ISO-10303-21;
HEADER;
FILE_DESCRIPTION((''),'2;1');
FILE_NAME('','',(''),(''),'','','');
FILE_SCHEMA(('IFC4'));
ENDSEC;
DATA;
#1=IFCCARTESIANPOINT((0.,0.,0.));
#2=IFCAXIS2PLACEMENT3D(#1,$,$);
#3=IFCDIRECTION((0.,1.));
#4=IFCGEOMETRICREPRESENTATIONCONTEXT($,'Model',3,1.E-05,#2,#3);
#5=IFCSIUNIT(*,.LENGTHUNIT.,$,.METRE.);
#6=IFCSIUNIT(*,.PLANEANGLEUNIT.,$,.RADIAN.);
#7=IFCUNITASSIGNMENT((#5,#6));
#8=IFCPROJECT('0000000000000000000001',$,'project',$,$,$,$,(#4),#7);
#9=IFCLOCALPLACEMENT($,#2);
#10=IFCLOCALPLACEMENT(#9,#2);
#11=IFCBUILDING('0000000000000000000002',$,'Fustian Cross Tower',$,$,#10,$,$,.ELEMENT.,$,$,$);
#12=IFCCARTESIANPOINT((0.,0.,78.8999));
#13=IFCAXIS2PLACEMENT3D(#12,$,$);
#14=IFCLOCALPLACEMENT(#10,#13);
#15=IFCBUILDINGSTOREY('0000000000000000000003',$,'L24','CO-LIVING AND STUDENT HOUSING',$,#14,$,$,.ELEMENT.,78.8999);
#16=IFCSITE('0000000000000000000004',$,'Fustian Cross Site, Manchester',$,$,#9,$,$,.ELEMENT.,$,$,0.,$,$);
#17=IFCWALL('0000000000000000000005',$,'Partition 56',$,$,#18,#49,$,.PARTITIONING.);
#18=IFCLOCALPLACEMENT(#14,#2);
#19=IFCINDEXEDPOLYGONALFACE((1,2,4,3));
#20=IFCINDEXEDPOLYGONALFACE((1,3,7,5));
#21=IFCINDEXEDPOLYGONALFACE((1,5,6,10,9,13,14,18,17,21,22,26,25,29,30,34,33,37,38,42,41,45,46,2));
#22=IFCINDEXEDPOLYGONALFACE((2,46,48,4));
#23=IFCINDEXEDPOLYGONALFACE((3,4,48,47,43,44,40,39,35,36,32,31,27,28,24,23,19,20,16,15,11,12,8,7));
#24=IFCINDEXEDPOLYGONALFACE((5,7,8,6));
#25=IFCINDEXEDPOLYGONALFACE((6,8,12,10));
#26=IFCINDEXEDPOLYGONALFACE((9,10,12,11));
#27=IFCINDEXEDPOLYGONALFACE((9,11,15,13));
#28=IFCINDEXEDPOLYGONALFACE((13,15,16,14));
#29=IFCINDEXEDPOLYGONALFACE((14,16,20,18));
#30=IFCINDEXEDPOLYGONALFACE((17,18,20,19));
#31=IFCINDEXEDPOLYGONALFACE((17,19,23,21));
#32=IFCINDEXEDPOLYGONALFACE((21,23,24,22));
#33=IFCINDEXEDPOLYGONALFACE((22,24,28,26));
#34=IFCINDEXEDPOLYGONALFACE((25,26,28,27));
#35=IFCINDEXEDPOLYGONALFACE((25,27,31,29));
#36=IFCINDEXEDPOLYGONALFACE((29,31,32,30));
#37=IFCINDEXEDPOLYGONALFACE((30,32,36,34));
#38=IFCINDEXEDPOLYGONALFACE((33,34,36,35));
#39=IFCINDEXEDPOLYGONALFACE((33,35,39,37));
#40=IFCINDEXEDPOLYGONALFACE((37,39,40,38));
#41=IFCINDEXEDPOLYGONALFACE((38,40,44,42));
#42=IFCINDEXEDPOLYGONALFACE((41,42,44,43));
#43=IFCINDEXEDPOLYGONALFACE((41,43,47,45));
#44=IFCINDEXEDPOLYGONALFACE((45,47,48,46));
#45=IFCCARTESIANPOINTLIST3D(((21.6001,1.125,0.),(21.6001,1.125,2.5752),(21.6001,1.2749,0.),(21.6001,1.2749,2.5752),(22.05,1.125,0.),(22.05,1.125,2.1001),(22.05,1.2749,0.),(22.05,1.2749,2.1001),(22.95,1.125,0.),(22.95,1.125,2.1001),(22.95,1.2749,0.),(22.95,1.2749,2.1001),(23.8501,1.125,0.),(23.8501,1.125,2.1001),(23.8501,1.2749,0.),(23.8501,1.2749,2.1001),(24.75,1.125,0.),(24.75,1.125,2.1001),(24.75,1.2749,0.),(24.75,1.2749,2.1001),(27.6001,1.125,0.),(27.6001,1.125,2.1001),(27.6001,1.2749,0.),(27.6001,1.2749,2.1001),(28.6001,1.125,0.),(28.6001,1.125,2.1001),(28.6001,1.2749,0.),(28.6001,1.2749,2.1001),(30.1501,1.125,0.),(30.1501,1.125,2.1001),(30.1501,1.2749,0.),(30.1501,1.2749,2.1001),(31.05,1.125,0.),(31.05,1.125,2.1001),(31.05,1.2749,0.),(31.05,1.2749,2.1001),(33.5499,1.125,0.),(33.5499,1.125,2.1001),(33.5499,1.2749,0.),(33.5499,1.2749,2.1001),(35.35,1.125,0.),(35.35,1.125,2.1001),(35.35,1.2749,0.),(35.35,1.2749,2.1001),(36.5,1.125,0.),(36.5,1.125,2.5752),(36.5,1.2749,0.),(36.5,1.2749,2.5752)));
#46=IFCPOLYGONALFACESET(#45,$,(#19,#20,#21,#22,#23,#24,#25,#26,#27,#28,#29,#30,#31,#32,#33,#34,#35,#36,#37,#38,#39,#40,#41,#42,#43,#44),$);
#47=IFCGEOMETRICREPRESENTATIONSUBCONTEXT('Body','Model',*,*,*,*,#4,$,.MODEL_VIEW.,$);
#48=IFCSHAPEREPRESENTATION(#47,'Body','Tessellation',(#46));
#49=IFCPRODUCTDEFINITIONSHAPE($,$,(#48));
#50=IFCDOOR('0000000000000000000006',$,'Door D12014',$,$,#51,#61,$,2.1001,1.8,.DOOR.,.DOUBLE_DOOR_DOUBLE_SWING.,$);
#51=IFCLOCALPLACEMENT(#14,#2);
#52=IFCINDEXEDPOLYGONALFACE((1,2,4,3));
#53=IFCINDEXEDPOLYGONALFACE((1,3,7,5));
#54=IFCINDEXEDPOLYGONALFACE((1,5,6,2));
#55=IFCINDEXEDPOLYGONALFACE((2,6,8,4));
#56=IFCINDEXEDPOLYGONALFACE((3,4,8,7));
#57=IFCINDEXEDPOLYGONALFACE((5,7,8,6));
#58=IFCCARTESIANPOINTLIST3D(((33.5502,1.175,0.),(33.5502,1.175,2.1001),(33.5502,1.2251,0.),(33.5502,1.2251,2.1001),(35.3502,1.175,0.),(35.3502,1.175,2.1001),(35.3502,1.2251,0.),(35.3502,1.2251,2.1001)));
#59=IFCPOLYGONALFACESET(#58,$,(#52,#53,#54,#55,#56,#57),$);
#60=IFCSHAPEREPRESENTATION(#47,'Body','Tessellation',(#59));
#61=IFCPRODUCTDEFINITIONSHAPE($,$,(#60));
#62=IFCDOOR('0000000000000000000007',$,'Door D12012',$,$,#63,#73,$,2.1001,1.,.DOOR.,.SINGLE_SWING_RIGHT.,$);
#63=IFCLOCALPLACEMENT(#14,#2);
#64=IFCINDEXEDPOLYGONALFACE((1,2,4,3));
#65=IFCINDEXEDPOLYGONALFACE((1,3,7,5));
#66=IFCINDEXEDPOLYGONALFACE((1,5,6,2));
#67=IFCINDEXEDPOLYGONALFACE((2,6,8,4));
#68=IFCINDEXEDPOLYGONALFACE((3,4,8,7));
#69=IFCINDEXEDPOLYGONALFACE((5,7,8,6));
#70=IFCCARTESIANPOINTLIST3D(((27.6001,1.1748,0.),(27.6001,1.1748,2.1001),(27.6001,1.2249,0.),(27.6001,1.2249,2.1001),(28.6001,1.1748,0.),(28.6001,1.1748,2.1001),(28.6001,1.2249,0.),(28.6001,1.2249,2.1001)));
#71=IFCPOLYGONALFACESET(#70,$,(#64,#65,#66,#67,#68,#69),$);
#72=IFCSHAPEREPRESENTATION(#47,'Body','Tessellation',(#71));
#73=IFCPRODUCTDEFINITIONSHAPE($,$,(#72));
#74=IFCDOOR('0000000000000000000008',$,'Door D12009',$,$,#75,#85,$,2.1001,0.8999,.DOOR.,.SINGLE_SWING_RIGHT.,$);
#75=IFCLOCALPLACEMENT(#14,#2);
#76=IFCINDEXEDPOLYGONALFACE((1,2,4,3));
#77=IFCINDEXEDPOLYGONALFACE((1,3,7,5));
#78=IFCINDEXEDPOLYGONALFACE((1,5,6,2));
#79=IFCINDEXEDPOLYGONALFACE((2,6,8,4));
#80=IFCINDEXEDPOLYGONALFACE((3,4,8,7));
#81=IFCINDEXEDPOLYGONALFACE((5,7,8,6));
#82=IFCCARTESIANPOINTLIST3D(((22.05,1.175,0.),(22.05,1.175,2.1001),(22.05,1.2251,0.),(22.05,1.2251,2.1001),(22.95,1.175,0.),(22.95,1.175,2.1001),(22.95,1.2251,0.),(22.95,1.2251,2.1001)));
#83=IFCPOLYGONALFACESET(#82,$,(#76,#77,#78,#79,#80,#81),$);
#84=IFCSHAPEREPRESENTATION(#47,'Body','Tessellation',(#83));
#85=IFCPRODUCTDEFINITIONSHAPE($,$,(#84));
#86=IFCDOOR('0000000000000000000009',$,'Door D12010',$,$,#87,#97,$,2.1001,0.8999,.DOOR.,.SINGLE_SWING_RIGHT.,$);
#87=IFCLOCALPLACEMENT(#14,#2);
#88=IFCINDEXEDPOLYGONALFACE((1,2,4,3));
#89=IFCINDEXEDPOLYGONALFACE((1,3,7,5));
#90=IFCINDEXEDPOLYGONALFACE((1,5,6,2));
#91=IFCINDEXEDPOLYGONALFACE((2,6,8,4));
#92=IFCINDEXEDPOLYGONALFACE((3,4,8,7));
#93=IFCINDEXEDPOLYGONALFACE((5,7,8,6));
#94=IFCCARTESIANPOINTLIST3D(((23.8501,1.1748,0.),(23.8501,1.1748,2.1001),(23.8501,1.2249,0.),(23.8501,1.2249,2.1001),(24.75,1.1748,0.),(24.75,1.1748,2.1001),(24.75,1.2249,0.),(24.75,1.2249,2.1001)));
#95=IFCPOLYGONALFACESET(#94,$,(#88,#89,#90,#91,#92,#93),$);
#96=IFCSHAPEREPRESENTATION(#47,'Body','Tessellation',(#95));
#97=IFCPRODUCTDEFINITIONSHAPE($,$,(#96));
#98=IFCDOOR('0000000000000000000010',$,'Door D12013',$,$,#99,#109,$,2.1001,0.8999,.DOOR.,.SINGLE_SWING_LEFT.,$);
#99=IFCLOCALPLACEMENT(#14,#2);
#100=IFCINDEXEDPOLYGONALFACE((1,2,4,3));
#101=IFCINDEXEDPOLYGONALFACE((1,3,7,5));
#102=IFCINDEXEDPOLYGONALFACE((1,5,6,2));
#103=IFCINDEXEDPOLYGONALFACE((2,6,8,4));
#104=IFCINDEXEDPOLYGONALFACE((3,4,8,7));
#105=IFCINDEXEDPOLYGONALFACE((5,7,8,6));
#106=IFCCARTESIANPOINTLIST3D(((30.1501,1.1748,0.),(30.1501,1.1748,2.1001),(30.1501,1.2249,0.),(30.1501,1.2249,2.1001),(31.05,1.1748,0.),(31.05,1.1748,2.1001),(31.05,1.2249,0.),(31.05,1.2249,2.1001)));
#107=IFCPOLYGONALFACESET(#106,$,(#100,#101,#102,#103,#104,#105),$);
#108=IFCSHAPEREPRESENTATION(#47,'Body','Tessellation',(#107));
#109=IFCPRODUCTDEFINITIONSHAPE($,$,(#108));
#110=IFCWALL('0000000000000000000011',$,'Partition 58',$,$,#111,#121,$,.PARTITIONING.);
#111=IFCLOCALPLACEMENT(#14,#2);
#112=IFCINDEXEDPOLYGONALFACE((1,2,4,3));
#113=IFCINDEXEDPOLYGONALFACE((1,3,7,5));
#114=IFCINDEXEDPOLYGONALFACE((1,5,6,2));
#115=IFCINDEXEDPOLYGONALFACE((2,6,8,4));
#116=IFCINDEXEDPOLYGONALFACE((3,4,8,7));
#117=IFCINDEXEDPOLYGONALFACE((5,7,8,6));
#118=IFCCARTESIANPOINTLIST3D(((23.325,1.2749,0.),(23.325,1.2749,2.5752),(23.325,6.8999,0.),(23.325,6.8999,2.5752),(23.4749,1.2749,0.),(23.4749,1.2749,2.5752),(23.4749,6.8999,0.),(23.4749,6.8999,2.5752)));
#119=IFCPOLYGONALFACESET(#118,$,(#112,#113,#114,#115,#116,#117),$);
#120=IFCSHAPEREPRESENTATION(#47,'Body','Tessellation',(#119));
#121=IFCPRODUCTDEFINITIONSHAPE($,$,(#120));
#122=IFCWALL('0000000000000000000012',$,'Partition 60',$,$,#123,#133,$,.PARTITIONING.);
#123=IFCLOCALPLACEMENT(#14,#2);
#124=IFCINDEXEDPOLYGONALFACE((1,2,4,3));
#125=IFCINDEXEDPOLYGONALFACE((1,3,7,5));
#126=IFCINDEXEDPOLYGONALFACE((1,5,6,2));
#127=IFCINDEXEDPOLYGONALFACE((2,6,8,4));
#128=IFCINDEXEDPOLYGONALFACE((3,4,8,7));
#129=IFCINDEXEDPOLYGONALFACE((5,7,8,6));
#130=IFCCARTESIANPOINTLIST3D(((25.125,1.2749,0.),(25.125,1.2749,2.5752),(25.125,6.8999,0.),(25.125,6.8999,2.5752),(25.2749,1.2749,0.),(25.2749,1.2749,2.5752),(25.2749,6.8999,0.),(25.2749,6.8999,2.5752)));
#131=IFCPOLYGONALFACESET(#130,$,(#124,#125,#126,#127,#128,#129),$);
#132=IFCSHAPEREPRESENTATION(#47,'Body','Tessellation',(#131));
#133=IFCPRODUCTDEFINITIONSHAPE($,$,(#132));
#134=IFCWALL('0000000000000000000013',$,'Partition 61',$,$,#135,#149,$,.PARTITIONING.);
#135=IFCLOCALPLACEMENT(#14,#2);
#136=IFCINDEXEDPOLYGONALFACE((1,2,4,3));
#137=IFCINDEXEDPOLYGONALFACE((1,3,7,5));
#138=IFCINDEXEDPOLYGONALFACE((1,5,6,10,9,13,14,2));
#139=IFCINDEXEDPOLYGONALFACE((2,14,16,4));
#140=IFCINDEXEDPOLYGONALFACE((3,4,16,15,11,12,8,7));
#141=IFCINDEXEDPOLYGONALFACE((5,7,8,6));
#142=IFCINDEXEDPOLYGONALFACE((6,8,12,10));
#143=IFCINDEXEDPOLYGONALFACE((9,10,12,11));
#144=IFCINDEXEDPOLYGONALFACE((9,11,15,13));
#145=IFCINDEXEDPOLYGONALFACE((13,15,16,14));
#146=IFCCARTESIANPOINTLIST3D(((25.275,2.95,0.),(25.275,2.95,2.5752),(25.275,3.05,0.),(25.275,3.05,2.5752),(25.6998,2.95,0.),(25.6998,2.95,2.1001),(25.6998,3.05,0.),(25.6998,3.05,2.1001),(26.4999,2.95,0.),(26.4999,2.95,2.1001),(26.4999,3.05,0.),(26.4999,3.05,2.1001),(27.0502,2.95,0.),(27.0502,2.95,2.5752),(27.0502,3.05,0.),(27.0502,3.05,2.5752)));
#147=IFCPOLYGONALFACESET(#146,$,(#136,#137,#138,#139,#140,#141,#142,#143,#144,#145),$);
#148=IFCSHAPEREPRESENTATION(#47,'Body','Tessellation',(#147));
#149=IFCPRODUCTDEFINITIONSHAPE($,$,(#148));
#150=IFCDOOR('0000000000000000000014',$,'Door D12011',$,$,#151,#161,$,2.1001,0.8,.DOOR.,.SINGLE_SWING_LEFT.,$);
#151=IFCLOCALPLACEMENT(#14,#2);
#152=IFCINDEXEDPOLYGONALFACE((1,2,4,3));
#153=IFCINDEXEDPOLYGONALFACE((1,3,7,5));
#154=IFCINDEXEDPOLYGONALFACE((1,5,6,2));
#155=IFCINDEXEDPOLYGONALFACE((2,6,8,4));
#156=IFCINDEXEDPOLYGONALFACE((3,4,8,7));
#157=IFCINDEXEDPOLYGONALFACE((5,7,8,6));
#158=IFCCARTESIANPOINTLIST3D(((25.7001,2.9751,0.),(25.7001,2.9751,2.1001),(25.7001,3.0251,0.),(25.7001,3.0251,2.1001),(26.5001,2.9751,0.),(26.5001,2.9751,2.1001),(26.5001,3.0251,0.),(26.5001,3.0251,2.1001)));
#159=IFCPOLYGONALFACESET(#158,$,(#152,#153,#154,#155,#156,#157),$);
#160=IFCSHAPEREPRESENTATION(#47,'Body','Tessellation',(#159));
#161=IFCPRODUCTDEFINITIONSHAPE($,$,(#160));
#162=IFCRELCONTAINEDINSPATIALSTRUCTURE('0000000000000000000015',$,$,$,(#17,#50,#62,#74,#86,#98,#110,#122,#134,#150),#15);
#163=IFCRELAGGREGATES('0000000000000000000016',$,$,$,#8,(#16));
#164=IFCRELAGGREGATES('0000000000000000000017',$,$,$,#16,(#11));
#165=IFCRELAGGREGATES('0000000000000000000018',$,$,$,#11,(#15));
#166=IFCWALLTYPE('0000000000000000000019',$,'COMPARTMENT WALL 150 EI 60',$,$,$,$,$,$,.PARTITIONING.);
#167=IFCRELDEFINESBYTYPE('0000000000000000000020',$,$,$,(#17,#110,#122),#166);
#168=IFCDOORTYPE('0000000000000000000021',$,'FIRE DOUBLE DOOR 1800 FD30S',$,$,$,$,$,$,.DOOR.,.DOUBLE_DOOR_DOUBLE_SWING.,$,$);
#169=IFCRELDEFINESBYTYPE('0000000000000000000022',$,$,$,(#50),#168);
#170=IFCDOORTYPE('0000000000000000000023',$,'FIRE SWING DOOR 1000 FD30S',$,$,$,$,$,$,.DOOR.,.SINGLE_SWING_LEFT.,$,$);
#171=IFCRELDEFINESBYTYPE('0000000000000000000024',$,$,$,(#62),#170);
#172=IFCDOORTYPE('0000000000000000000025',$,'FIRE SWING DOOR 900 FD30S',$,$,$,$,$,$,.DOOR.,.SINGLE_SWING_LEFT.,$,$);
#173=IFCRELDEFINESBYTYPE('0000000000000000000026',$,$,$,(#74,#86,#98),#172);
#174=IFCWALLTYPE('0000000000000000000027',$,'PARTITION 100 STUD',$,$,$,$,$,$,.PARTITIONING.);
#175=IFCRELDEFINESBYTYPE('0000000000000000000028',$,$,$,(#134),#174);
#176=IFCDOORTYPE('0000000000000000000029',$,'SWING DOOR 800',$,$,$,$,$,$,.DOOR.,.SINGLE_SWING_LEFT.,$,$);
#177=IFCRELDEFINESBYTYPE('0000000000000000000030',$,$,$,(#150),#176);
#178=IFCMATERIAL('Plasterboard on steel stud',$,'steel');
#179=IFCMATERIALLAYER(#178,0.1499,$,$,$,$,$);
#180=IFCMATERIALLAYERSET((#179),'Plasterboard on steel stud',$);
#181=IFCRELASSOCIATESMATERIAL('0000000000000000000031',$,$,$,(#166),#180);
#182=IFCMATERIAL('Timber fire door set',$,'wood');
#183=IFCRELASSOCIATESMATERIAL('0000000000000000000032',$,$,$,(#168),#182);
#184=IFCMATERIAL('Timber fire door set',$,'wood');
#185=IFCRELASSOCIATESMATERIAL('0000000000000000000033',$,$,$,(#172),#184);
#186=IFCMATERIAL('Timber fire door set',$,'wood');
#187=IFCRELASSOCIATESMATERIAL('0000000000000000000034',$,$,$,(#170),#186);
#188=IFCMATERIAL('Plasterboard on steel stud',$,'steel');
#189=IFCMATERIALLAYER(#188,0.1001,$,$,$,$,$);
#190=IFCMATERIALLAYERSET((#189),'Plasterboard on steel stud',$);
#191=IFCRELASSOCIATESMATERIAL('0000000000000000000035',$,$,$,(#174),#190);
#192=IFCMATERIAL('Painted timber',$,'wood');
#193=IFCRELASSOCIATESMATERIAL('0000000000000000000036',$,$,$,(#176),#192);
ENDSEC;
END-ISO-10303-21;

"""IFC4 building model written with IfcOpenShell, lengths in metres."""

from ifc_helpers import new_model, si_unit, direction, frame, frame_2d, origin, place, context, subcontext, project, spatial, rectangle, extrude, material, layer, layer_set, type_object, element, fill, save


model = new_model("IFC4")

# Units and contexts
model_context = context("Model", 3, precision=1e-05, world=origin(), true_north=direction((0.0, 1.0)))
body_context = subcontext(model_context, "Body", "Model", "MODEL_VIEW")
ifc_project = project(units=[si_unit("LENGTHUNIT", "METRE"), si_unit("PLANEANGLEUNIT", "RADIAN")], contexts=[model_context])

# Site, building, storey
site_placement = place(None, origin())
site = spatial("IfcSite", under=ifc_project, at=site_placement, Name="Fustian Cross Site, Manchester", CompositionType="ELEMENT", RefElevation=0.0)
building_placement = place(site_placement, origin())
building = spatial("IfcBuilding", under=site, at=building_placement, Name="Fustian Cross Tower", CompositionType="ELEMENT")
storey_placement = place(building_placement, frame((0.0, 0.0, 78.8999)))
storey = spatial("IfcBuildingStorey", under=building, at=storey_placement, Name="L24", Description="CO-LIVING AND STUDENT HOUSING", CompositionType="ELEMENT", Elevation=78.8999)

# Wall, openings, doors
ifc_material_1 = material(Name="Plasterboard on steel stud", Category="steel")
ifc_layer_1 = layer(ifc_material_1, 0.1499)
ifc_layer_set_1 = layer_set([ifc_layer_1], Name="Plasterboard on steel stud")
wall_type_1 = type_object("IfcWallType", Name="COMPARTMENT WALL 150 EI 60", PredefinedType="PARTITIONING", material=ifc_layer_set_1)
ifc_material_2 = material(Name="Timber fire door set", Category="wood")
door_type_1 = type_object("IfcDoorType", Name="FIRE DOUBLE DOOR 1800 FD30S", OperationType="DOUBLE_DOOR_DOUBLE_SWING", PredefinedType="DOOR", material=ifc_material_2)
ifc_material_3 = material(Name="Timber fire door set", Category="wood")
door_type_2 = type_object("IfcDoorType", Name="FIRE SWING DOOR 900 FD30S", OperationType="SINGLE_SWING_LEFT", PredefinedType="DOOR", material=ifc_material_3)
wall_1_placement = place(storey_placement, frame((21.6001, 1.2, 0.0), z_axis=(0.0, 0.0, 1.0), x_axis=(1.0, 0.0, 0.0)))
wall_1 = element("IfcWall", 1, at=wall_1_placement, inside=storey, type_object=wall_type_1, Name="Partition 56", PredefinedType="PARTITIONING", context=body_context, shape_type="SweptSolid", body=[
    extrude(rectangle(XDim=14.8999, YDim=0.1499, at=frame_2d((7.45, 0.0))), origin(), (0.0, 0.0, 1.0), 2.5752),
])
opening_1_placement = place(wall_1_placement, frame((0.45, 0.0, 0.0)))
opening_1 = element("IfcOpeningElement", 2, at=opening_1_placement, cuts=wall_1, PredefinedType="OPENING", context=body_context, shape_type="SweptSolid", body=[
    extrude(rectangle(XDim=0.8999, YDim=2.1001, at=frame_2d((0.45, 1.05))), frame((0.0, 0.085, 0.0), z_axis=(0.0, -1.0, 0.0), x_axis=(1.0, 0.0, 0.0)), (0.0, 0.0, 1.0), 0.1699),
])
opening_2_placement = place(wall_1_placement, frame((2.25, 0.0, 0.0)))
opening_2 = element("IfcOpeningElement", 3, at=opening_2_placement, cuts=wall_1, PredefinedType="OPENING", context=body_context, shape_type="SweptSolid", body=[
    extrude(rectangle(XDim=0.8999, YDim=2.1001, at=frame_2d((0.45, 1.05))), frame((0.0, 0.085, 0.0), z_axis=(0.0, -1.0, 0.0), x_axis=(1.0, 0.0, 0.0)), (0.0, 0.0, 1.0), 0.1699),
])
opening_3_placement = place(wall_1_placement, frame((6.0, 0.0, 0.0)))
opening_3 = element("IfcOpeningElement", 4, at=opening_3_placement, cuts=wall_1, PredefinedType="OPENING", context=body_context, shape_type="SweptSolid", body=[
    extrude(rectangle(XDim=1.0, YDim=2.1001, at=frame_2d((0.5, 1.05))), frame((0.0, 0.085, 0.0), z_axis=(0.0, -1.0, 0.0), x_axis=(1.0, 0.0, 0.0)), (0.0, 0.0, 1.0), 0.1699),
])
opening_4_placement = place(wall_1_placement, frame((8.55, 0.0, 0.0)))
opening_4 = element("IfcOpeningElement", 5, at=opening_4_placement, cuts=wall_1, PredefinedType="OPENING", context=body_context, shape_type="SweptSolid", body=[
    extrude(rectangle(XDim=0.8999, YDim=2.1001, at=frame_2d((0.45, 1.05))), frame((0.0, 0.085, 0.0), z_axis=(0.0, -1.0, 0.0), x_axis=(1.0, 0.0, 0.0)), (0.0, 0.0, 1.0), 0.1699),
])
opening_5_placement = place(wall_1_placement, frame((11.95, 0.0, 0.0)))
opening_5 = element("IfcOpeningElement", 6, at=opening_5_placement, cuts=wall_1, PredefinedType="OPENING", context=body_context, shape_type="SweptSolid", body=[
    extrude(rectangle(XDim=1.8, YDim=2.1001, at=frame_2d((0.8999, 1.05))), frame((0.0, 0.085, 0.0), z_axis=(0.0, -1.0, 0.0), x_axis=(1.0, 0.0, 0.0)), (0.0, 0.0, 1.0), 0.1699),
])
door_1_placement = place(opening_5_placement, frame((1.8, 0.0, 0.0), z_axis=(0.0, 0.0, 1.0), x_axis=(-1.0, 0.0, 0.0)))
door_1 = element("IfcDoor", 7, at=door_1_placement, inside=storey, type_object=door_type_1, Name="Door D12014", OperationType="DOUBLE_DOOR_DOUBLE_SWING", OverallHeight=2.1001, OverallWidth=1.8, PredefinedType="DOOR", context=body_context, shape_type="SweptSolid", body=[
    extrude(rectangle(XDim=1.8, YDim=2.1001, at=frame_2d((0.8999, 1.05))), frame((0.0, 0.0249, 0.0), z_axis=(0.0, -1.0, 0.0), x_axis=(1.0, 0.0, 0.0)), (0.0, 0.0, 1.0), 0.05),
])
fill(opening_5, door_1)
ifc_material_4 = material(Name="Timber fire door set", Category="wood")
door_type_3 = type_object("IfcDoorType", Name="FIRE SWING DOOR 1000 FD30S", OperationType="SINGLE_SWING_LEFT", PredefinedType="DOOR", material=ifc_material_4)
door_2_placement = place(opening_3_placement, origin())
door_2 = element("IfcDoor", 8, at=door_2_placement, inside=storey, type_object=door_type_3, Name="Door D12012", OperationType="SINGLE_SWING_RIGHT", OverallHeight=2.1001, OverallWidth=1.0, PredefinedType="DOOR", context=body_context, shape_type="SweptSolid", body=[
    extrude(rectangle(XDim=1.0, YDim=2.1001, at=frame_2d((0.5, 1.05))), frame((0.0, 0.0249, 0.0), z_axis=(0.0, -1.0, 0.0), x_axis=(1.0, 0.0, 0.0)), (0.0, 0.0, 1.0), 0.05),
])
fill(opening_3, door_2)
door_3_placement = place(opening_1_placement, frame((0.8999, 0.0, 0.0), z_axis=(0.0, 0.0, 1.0), x_axis=(-1.0, 0.0, 0.0)))
door_3 = element("IfcDoor", 9, at=door_3_placement, inside=storey, type_object=door_type_2, Name="Door D12009", OperationType="SINGLE_SWING_RIGHT", OverallHeight=2.1001, OverallWidth=0.8999, PredefinedType="DOOR", context=body_context, shape_type="SweptSolid", body=[
    extrude(rectangle(XDim=0.8999, YDim=2.1001, at=frame_2d((0.45, 1.05))), frame((0.0, 0.0249, 0.0), z_axis=(0.0, -1.0, 0.0), x_axis=(1.0, 0.0, 0.0)), (0.0, 0.0, 1.0), 0.05),
])
fill(opening_1, door_3)
door_4_placement = place(opening_2_placement, origin())
door_4 = element("IfcDoor", 10, at=door_4_placement, inside=storey, type_object=door_type_2, Name="Door D12010", OperationType="SINGLE_SWING_RIGHT", OverallHeight=2.1001, OverallWidth=0.8999, PredefinedType="DOOR", context=body_context, shape_type="SweptSolid", body=[
    extrude(rectangle(XDim=0.8999, YDim=2.1001, at=frame_2d((0.45, 1.05))), frame((0.0, 0.0249, 0.0), z_axis=(0.0, -1.0, 0.0), x_axis=(1.0, 0.0, 0.0)), (0.0, 0.0, 1.0), 0.05),
])
fill(opening_2, door_4)
door_5_placement = place(opening_4_placement, origin())
door_5 = element("IfcDoor", 11, at=door_5_placement, inside=storey, type_object=door_type_2, Name="Door D12013", OperationType="SINGLE_SWING_LEFT", OverallHeight=2.1001, OverallWidth=0.8999, PredefinedType="DOOR", context=body_context, shape_type="SweptSolid", body=[
    extrude(rectangle(XDim=0.8999, YDim=2.1001, at=frame_2d((0.45, 1.05))), frame((0.0, 0.0249, 0.0), z_axis=(0.0, -1.0, 0.0), x_axis=(1.0, 0.0, 0.0)), (0.0, 0.0, 1.0), 0.05),
])
fill(opening_4, door_5)

# Walls
for number, where, z_axis, x_axis, name in (
    (12, (23.3999, 1.2749, 0.0), (0.0, 0.0, 1.0), (0.0, 1.0, 0.0), "Partition 58"),
    (13, (25.2, 1.2749, 0.0), (0.0, 0.0, 1.0), (0.0, 1.0, 0.0), "Partition 60"),
):
    element("IfcWall", number, at=place(storey_placement, frame(where, z_axis=z_axis, x_axis=x_axis)), inside=storey, type_object=wall_type_1, Name=name, PredefinedType="PARTITIONING", context=body_context, shape_type="SweptSolid", body=[
        extrude(rectangle(XDim=5.625, YDim=0.1499, at=frame_2d((2.8125, 0.0))), origin(), (0.0, 0.0, 1.0), 2.5752),
    ])

# Wall, opening, door
ifc_material_5 = material(Name="Plasterboard on steel stud", Category="steel")
ifc_layer_2 = layer(ifc_material_5, 0.1001)
ifc_layer_set_2 = layer_set([ifc_layer_2], Name="Plasterboard on steel stud")
wall_type_2 = type_object("IfcWallType", Name="PARTITION 100 STUD", PredefinedType="PARTITIONING", material=ifc_layer_set_2)
wall_2_placement = place(storey_placement, frame((25.2749, 3.0, 0.0), z_axis=(0.0, 0.0, 1.0), x_axis=(1.0, 0.0, 0.0)))
wall_2 = element("IfcWall", 14, at=wall_2_placement, inside=storey, type_object=wall_type_2, Name="Partition 61", PredefinedType="PARTITIONING", context=body_context, shape_type="SweptSolid", body=[
    extrude(rectangle(XDim=1.7751, YDim=0.1001, at=frame_2d((0.8877, 0.0))), origin(), (0.0, 0.0, 1.0), 2.5752),
])
opening_6_placement = place(wall_2_placement, frame((0.425, 0.0, 0.0)))
opening_6 = element("IfcOpeningElement", 15, at=opening_6_placement, cuts=wall_2, PredefinedType="OPENING", context=body_context, shape_type="SweptSolid", body=[
    extrude(rectangle(XDim=0.8, YDim=2.1001, at=frame_2d((0.3999, 1.05))), frame((0.0, 0.0601, 0.0), z_axis=(0.0, -1.0, 0.0), x_axis=(1.0, 0.0, 0.0)), (0.0, 0.0, 1.0), 0.1201),
])
ifc_material_6 = material(Name="Painted timber", Category="wood")
door_type_4 = type_object("IfcDoorType", Name="SWING DOOR 800", OperationType="SINGLE_SWING_LEFT", PredefinedType="DOOR", material=ifc_material_6)
door_6_placement = place(opening_6_placement, frame((0.8, 0.0, 0.0), z_axis=(0.0, 0.0, 1.0), x_axis=(-1.0, 0.0, 0.0)))
door_6 = element("IfcDoor", 16, at=door_6_placement, inside=storey, type_object=door_type_4, Name="Door D12011", OperationType="SINGLE_SWING_LEFT", OverallHeight=2.1001, OverallWidth=0.8, PredefinedType="DOOR", context=body_context, shape_type="SweptSolid", body=[
    extrude(rectangle(XDim=0.8, YDim=2.1001, at=frame_2d((0.3999, 1.05))), frame((0.0, 0.0249, 0.0), z_axis=(0.0, -1.0, 0.0), x_axis=(1.0, 0.0, 0.0)), (0.0, 0.0, 1.0), 0.05),
])
fill(opening_6, door_6)

save(model, "model.ifc")
